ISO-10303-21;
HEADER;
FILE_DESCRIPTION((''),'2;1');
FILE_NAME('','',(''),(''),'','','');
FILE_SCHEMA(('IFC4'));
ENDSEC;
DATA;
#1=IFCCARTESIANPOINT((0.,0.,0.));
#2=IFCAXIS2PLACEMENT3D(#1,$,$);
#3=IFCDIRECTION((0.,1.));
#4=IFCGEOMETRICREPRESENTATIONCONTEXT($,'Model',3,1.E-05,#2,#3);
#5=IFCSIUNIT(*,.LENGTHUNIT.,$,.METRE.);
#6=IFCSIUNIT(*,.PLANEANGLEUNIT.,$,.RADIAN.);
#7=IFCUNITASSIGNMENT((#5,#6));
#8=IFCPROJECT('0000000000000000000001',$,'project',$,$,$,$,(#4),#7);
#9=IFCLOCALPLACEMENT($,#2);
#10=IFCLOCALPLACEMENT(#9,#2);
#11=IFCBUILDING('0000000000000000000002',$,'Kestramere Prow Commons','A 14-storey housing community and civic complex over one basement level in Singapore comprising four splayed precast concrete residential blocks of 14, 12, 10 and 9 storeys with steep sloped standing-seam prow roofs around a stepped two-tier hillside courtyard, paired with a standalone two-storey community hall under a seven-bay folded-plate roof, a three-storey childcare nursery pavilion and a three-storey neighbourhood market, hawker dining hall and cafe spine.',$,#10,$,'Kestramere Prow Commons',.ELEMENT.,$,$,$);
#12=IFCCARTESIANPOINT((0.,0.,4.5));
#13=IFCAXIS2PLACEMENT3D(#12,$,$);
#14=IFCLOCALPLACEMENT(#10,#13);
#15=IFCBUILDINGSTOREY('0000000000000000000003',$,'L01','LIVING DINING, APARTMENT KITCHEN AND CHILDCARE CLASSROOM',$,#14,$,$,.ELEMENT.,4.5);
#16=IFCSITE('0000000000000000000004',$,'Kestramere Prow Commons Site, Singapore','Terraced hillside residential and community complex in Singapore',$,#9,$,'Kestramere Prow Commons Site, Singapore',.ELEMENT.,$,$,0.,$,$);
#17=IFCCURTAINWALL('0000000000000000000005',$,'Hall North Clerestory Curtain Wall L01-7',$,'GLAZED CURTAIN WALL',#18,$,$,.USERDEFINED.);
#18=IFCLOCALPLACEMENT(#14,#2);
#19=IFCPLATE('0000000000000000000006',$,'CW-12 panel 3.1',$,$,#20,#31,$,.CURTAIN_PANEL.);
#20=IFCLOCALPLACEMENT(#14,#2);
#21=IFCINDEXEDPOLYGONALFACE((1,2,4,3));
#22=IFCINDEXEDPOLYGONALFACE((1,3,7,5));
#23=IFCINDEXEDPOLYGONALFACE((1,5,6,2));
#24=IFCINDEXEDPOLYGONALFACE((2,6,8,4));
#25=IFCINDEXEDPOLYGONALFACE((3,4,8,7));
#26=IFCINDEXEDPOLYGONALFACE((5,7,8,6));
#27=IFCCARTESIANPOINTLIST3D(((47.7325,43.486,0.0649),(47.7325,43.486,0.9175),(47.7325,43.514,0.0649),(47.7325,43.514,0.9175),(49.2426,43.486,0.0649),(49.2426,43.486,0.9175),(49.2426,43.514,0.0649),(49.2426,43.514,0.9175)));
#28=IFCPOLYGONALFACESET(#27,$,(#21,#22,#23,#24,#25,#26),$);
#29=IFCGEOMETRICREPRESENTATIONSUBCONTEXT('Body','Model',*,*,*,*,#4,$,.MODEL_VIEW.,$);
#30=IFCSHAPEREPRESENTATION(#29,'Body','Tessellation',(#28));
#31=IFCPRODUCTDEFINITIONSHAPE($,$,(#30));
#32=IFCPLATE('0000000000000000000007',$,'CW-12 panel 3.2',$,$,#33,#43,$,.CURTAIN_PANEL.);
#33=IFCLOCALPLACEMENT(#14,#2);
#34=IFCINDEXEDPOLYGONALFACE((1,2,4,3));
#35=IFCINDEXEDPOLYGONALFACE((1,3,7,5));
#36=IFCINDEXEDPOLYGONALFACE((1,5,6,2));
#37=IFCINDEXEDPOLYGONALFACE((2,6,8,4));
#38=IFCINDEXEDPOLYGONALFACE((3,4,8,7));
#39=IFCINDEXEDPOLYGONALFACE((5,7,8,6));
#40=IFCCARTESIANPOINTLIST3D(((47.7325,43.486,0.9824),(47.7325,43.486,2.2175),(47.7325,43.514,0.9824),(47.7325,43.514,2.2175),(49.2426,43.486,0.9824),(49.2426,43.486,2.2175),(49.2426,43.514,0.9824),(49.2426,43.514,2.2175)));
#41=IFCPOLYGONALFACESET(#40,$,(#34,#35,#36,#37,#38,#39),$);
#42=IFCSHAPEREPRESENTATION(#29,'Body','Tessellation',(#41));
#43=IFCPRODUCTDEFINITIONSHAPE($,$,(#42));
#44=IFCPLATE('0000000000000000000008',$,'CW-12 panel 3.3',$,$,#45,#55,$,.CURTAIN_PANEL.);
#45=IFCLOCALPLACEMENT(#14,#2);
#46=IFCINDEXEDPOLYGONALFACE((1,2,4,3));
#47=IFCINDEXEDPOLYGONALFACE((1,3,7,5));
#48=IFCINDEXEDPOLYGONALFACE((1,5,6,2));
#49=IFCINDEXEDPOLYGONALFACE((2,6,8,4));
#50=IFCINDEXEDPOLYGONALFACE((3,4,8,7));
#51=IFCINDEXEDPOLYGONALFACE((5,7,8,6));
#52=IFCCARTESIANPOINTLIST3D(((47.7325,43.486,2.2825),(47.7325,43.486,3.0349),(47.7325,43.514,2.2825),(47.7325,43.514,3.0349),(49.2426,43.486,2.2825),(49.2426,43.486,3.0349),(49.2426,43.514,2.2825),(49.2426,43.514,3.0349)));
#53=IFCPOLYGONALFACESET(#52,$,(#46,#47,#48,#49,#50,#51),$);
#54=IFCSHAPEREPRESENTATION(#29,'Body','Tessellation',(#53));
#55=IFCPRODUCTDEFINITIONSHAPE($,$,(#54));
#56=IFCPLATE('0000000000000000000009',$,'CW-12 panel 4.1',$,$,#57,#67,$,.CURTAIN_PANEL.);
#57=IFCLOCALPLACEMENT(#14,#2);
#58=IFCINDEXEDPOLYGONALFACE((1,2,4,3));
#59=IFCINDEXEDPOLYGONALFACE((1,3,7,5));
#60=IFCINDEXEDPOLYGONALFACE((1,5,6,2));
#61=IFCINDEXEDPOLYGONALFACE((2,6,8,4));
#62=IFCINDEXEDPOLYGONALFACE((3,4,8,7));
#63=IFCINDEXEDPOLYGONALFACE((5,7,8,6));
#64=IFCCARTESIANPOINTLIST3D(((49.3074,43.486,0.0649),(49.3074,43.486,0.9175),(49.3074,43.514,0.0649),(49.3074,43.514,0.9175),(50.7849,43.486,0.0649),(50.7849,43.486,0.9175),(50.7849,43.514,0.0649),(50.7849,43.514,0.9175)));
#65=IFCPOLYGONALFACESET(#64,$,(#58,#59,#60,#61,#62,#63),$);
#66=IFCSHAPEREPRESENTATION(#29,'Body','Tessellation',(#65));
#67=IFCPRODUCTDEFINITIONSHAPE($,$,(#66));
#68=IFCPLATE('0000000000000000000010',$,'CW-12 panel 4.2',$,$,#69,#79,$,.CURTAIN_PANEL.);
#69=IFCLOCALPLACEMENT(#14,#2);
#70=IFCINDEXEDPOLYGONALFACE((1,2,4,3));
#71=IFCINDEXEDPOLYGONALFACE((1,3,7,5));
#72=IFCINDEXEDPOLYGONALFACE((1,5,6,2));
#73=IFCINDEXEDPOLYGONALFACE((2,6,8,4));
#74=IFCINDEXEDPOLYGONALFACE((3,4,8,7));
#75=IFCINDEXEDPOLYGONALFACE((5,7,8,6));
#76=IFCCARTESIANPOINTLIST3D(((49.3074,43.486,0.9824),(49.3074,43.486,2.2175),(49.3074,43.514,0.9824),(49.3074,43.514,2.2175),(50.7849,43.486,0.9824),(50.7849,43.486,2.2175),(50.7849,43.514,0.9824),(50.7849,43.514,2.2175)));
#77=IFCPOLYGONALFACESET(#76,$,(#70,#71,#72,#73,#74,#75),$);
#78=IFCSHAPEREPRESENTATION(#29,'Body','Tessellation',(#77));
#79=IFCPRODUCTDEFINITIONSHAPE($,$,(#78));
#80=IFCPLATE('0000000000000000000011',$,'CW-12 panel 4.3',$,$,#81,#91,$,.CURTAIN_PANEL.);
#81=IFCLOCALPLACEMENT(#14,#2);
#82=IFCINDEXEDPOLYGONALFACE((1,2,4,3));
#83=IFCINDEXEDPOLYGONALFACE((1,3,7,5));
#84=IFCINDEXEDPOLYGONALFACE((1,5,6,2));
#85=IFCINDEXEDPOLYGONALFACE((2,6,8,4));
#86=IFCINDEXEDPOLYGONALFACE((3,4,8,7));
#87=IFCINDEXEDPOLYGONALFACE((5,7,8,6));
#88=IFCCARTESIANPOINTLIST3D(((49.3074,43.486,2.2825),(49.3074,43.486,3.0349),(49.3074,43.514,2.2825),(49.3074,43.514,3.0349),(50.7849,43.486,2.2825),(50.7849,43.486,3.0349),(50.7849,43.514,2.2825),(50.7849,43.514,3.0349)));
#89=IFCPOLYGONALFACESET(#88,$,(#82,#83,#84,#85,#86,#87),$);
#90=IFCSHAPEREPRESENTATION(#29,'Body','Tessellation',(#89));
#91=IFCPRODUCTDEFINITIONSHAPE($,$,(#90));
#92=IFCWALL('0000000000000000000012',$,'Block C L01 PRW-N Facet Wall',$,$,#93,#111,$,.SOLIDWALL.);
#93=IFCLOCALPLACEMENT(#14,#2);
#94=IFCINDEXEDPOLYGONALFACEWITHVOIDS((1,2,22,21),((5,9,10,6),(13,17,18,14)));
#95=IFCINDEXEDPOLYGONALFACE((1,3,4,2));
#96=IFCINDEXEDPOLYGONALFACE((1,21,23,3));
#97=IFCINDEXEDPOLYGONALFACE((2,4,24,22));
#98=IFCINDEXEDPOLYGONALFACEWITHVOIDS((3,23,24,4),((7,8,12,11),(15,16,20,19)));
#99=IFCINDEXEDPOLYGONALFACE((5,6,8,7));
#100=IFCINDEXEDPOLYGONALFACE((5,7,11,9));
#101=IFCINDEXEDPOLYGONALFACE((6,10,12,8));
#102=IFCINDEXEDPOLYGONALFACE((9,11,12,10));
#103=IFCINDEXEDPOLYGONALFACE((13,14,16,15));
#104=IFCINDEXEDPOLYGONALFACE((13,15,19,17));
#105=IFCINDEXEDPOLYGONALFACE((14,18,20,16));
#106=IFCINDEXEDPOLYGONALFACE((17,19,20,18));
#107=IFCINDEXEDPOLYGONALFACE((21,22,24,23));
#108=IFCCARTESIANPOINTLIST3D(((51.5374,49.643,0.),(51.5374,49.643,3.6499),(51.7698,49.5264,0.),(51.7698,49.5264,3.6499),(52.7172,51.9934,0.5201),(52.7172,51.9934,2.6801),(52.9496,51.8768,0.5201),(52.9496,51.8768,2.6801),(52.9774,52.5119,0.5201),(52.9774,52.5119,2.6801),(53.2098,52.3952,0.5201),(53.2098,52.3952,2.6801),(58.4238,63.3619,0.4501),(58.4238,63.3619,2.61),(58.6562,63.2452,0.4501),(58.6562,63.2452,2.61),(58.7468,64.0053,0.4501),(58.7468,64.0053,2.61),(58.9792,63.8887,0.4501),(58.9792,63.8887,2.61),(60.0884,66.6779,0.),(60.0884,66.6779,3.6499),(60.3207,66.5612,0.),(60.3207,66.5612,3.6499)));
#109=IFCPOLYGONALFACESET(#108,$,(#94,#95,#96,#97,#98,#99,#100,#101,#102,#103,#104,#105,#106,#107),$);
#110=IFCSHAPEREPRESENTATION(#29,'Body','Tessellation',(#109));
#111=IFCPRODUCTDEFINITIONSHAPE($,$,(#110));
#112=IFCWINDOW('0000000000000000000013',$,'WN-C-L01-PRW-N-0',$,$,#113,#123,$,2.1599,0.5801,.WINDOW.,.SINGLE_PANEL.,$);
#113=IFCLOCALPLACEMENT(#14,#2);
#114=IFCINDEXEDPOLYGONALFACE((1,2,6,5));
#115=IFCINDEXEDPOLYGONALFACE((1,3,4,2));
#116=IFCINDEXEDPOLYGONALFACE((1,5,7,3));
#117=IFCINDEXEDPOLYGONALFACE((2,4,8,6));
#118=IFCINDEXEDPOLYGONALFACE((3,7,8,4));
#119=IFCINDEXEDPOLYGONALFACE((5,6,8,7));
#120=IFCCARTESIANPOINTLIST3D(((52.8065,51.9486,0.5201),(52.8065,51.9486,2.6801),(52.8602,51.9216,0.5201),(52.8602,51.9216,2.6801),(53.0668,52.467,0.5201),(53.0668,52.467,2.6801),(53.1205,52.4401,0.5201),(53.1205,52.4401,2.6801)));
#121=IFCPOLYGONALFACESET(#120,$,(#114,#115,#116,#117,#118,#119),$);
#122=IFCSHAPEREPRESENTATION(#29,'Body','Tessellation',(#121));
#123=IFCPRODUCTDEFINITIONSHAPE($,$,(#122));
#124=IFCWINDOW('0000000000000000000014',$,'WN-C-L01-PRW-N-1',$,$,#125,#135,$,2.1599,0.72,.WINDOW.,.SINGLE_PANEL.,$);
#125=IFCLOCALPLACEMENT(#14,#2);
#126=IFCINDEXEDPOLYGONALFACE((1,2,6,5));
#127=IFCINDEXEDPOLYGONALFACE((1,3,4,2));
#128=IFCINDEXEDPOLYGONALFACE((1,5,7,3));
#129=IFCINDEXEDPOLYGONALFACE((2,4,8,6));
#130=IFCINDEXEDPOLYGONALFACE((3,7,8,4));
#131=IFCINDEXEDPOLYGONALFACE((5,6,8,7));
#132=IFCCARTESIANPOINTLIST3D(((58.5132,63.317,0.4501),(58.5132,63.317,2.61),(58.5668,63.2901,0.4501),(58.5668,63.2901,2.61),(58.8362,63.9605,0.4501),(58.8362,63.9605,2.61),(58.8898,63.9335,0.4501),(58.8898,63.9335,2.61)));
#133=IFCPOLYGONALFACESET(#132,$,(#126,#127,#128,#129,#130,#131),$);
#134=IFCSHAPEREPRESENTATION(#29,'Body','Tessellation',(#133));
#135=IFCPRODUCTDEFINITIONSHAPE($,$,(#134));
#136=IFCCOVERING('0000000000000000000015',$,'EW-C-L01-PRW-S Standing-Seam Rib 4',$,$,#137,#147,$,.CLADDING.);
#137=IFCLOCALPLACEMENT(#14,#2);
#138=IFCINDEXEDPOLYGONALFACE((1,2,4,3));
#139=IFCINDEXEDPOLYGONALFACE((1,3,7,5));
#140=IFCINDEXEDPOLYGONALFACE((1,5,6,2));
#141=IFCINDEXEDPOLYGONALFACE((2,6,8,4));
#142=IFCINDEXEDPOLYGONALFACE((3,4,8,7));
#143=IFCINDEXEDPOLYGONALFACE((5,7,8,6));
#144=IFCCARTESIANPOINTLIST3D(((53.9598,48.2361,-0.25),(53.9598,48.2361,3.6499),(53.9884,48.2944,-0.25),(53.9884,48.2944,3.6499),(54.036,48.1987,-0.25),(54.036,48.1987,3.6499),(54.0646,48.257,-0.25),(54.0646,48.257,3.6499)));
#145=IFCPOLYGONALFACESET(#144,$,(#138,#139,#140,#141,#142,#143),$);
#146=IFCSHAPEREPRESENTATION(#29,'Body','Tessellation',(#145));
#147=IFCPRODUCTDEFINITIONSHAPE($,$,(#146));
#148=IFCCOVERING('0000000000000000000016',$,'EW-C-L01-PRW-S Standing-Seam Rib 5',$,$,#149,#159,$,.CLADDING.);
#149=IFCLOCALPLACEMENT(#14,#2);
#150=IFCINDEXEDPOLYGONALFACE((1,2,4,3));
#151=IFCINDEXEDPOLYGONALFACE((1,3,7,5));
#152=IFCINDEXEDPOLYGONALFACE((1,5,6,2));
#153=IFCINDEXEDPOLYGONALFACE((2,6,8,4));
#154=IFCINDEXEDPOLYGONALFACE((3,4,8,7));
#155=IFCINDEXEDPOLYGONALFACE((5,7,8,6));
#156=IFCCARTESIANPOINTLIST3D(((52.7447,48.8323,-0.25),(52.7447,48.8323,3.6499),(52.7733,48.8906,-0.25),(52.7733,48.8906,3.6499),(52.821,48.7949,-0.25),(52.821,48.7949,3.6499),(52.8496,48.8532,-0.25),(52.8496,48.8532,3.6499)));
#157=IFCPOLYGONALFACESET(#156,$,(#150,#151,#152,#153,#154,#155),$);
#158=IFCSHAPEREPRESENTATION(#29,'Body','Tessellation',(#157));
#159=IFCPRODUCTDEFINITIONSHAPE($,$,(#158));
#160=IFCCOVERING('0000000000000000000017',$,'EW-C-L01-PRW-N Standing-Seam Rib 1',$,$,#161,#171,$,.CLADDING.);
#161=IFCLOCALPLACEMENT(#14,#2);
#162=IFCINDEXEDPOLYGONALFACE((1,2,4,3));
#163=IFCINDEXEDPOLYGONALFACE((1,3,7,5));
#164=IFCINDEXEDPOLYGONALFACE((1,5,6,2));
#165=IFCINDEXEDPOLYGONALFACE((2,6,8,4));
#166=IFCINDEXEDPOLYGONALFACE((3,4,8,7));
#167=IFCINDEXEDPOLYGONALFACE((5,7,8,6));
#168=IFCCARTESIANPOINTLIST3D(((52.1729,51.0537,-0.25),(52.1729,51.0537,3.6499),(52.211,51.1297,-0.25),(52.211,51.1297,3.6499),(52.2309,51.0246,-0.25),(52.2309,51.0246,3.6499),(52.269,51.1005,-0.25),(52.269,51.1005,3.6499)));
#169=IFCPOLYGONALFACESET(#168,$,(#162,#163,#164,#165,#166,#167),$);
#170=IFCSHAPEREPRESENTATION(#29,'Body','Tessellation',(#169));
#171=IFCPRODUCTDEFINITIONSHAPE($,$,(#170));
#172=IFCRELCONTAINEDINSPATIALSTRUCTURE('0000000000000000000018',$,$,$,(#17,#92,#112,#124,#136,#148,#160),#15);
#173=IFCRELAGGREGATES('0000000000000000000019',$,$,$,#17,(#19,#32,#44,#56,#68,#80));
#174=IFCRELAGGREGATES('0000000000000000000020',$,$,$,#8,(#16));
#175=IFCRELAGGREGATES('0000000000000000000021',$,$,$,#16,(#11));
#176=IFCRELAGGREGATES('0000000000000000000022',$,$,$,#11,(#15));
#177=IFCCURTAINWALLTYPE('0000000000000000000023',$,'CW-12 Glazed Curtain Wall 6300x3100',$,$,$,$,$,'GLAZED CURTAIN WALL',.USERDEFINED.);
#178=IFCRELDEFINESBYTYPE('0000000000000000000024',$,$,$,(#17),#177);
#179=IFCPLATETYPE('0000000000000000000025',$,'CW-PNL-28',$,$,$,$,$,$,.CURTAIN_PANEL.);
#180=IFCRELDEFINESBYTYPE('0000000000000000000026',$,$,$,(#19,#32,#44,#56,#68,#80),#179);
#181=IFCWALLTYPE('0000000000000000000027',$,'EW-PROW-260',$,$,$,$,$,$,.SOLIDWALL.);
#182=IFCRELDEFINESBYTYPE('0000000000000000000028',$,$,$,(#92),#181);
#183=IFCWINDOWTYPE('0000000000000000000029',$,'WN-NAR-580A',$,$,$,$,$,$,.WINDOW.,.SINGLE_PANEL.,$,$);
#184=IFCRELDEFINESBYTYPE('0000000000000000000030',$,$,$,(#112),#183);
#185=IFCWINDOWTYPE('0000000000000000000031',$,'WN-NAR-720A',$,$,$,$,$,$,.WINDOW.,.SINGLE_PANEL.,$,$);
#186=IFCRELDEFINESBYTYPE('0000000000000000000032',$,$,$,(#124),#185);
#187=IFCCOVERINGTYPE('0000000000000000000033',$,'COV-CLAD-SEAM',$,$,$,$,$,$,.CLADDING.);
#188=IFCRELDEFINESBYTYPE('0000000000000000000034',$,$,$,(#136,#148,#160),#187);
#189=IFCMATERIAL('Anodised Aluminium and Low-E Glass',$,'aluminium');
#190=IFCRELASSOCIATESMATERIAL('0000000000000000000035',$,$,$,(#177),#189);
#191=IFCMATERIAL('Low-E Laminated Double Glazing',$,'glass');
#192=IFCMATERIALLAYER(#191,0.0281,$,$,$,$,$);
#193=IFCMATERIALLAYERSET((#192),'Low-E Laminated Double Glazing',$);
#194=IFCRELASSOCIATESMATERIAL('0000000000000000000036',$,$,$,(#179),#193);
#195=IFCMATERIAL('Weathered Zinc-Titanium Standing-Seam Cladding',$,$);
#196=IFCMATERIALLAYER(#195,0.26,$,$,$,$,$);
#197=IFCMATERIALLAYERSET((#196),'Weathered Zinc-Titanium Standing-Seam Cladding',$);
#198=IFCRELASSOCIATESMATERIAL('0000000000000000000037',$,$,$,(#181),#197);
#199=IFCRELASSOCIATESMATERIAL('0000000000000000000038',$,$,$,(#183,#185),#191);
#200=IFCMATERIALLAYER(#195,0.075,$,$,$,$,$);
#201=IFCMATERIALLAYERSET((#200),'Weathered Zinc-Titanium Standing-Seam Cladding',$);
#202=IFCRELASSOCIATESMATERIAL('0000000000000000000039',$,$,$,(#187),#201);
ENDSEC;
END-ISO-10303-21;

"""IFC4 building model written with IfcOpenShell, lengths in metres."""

from ifc_helpers import new_model, si_unit, direction, frame, frame_2d, origin, origin_2d, place, context, subcontext, project, spatial, rectangle, extrude, material, layer, layer_set, type_object, element, fill, aggregate, save


model = new_model("IFC4")

# Units and contexts
model_context = context("Model", 3, precision=1e-05, world=origin(), true_north=direction((0.0, 1.0)))
body_context = subcontext(model_context, "Body", "Model", "MODEL_VIEW")
ifc_project = project(units=[si_unit("LENGTHUNIT", "METRE"), si_unit("PLANEANGLEUNIT", "RADIAN")], contexts=[model_context])

# Site, building, storey
site_placement = place(None, origin())
site = spatial("IfcSite", under=ifc_project, at=site_placement, Name="Kestramere Prow Commons Site, Singapore", Description="Terraced hillside residential and community complex in Singapore", LongName="Kestramere Prow Commons Site, Singapore", CompositionType="ELEMENT", RefElevation=0.0)
building_placement = place(site_placement, origin())
building = spatial("IfcBuilding", under=site, at=building_placement, Name="Kestramere Prow Commons", Description="A 14-storey housing community and civic complex over one basement level in Singapore comprising four splayed precast concrete residential blocks of 14, 12, 10 and 9 storeys with steep sloped standing-seam prow roofs around a stepped two-tier hillside courtyard, paired with a standalone two-storey community hall under a seven-bay folded-plate roof, a three-storey childcare nursery pavilion and a three-storey neighbourhood market, hawker dining hall and cafe spine.", LongName="Kestramere Prow Commons", CompositionType="ELEMENT")
storey_placement = place(building_placement, frame((0.0, 0.0, 4.5)))
storey = spatial("IfcBuildingStorey", under=building, at=storey_placement, Name="L01", Description="LIVING DINING, APARTMENT KITCHEN AND CHILDCARE CLASSROOM", CompositionType="ELEMENT", Elevation=4.5)

# Curtain wall, plates
ifc_material_1 = material(Name="Anodised Aluminium and Low-E Glass", Category="aluminium")
curtain_wall_type = type_object("IfcCurtainWallType", Name="CW-12 Glazed Curtain Wall 6300x3100", ElementType="GLAZED CURTAIN WALL", PredefinedType="USERDEFINED", material=ifc_material_1)
curtain_wall_placement = place(storey_placement, origin())
curtain_wall = element("IfcCurtainWall", 1, at=curtain_wall_placement, inside=storey, type_object=curtain_wall_type, Name="Hall North Clerestory Curtain Wall L01-7", ObjectType="GLAZED CURTAIN WALL", PredefinedType="USERDEFINED")
ifc_material_2 = material(Name="Low-E Laminated Double Glazing", Category="glass")
ifc_layer_1 = layer(ifc_material_2, 0.0281)
ifc_layer_set_1 = layer_set([ifc_layer_1], Name="Low-E Laminated Double Glazing")
plate_type = type_object("IfcPlateType", Name="CW-PNL-28", PredefinedType="CURTAIN_PANEL", material=ifc_layer_set_1)
plate_1_placement = place(storey_placement, frame((48.4875, 43.5, 0.0649), z_axis=(0.0, 0.0, 1.0), x_axis=(1.0, 0.0, 0.0)))
plate_1 = element("IfcPlate", 2, at=plate_1_placement, type_object=plate_type, Name="CW-12 panel 3.1", PredefinedType="CURTAIN_PANEL", context=body_context, shape_type="SweptSolid", body=[
    extrude(rectangle(XDim=1.51, YDim=0.0281, at=origin_2d()), origin(), (0.0, 0.0, 1.0), 0.8525),
])
plate_2_placement = place(storey_placement, frame((48.4875, 43.5, 0.9824), z_axis=(0.0, 0.0, 1.0), x_axis=(1.0, 0.0, 0.0)))
plate_2 = element("IfcPlate", 3, at=plate_2_placement, type_object=plate_type, Name="CW-12 panel 3.2", PredefinedType="CURTAIN_PANEL", context=body_context, shape_type="SweptSolid", body=[
    extrude(rectangle(XDim=1.51, YDim=0.0281, at=origin_2d()), origin(), (0.0, 0.0, 1.0), 1.2351),
])
plate_3_placement = place(storey_placement, frame((48.4875, 43.5, 2.2825), z_axis=(0.0, 0.0, 1.0), x_axis=(1.0, 0.0, 0.0)))
plate_3 = element("IfcPlate", 4, at=plate_3_placement, type_object=plate_type, Name="CW-12 panel 3.3", PredefinedType="CURTAIN_PANEL", context=body_context, shape_type="SweptSolid", body=[
    extrude(rectangle(XDim=1.51, YDim=0.0281, at=origin_2d()), origin(), (0.0, 0.0, 1.0), 0.7524),
])
plate_4_placement = place(storey_placement, frame((50.0461, 43.5, 0.0649), z_axis=(0.0, 0.0, 1.0), x_axis=(1.0, 0.0, 0.0)))
plate_4 = element("IfcPlate", 5, at=plate_4_placement, type_object=plate_type, Name="CW-12 panel 4.1", PredefinedType="CURTAIN_PANEL", context=body_context, shape_type="SweptSolid", body=[
    extrude(rectangle(XDim=1.4775, YDim=0.0281, at=origin_2d()), origin(), (0.0, 0.0, 1.0), 0.8525),
])
plate_5_placement = place(storey_placement, frame((50.0461, 43.5, 0.9824), z_axis=(0.0, 0.0, 1.0), x_axis=(1.0, 0.0, 0.0)))
plate_5 = element("IfcPlate", 6, at=plate_5_placement, type_object=plate_type, Name="CW-12 panel 4.2", PredefinedType="CURTAIN_PANEL", context=body_context, shape_type="SweptSolid", body=[
    extrude(rectangle(XDim=1.4775, YDim=0.0281, at=origin_2d()), origin(), (0.0, 0.0, 1.0), 1.2351),
])
plate_6_placement = place(storey_placement, frame((50.0461, 43.5, 2.2825), z_axis=(0.0, 0.0, 1.0), x_axis=(1.0, 0.0, 0.0)))
plate_6 = element("IfcPlate", 7, at=plate_6_placement, type_object=plate_type, Name="CW-12 panel 4.3", PredefinedType="CURTAIN_PANEL", context=body_context, shape_type="SweptSolid", body=[
    extrude(rectangle(XDim=1.4775, YDim=0.0281, at=origin_2d()), origin(), (0.0, 0.0, 1.0), 0.7524),
])
aggregate(curtain_wall, [plate_1, plate_2, plate_3, plate_4, plate_5, plate_6])

# Wall, openings, windows
ifc_material_3 = material(Name="Weathered Zinc-Titanium Standing-Seam Cladding")
ifc_layer_2 = layer(ifc_material_3, 0.26)
ifc_layer_set_2 = layer_set([ifc_layer_2], Name="Weathered Zinc-Titanium Standing-Seam Cladding")
wall_type = type_object("IfcWallType", Name="EW-PROW-260", PredefinedType="SOLIDWALL", material=ifc_layer_set_2)
wall_placement = place(storey_placement, frame((51.6536, 49.5847, 0.0), z_axis=(0.0, 0.0, 1.0), x_axis=(0.448622, 0.893722, 0.0)))
wall = element("IfcWall", 8, at=wall_placement, inside=storey, type_object=wall_type, Name="Block C L01 PRW-N Facet Wall", PredefinedType="SOLIDWALL", context=body_context, shape_type="SweptSolid", body=[
    extrude(rectangle(XDim=19.0605, YDim=0.26, at=frame_2d((9.5303, 0.0))), origin(), (0.0, 0.0, 1.0), 3.6499),
])
opening_1_placement = place(wall_placement, frame((2.6299, 0.0, 0.52)))
opening_1 = element("IfcOpeningElement", 9, at=opening_1_placement, cuts=wall, PredefinedType="OPENING", context=body_context, shape_type="SweptSolid", body=[
    extrude(rectangle(XDim=0.5801, YDim=2.1599, at=frame_2d((0.29, 1.0801))), frame((0.0, 0.145, 0.0), z_axis=(0.0, -1.0, 0.0), x_axis=(1.0, 0.0, 0.0)), (0.0, 0.0, 1.0), 0.29),
])
opening_2_placement = place(wall_placement, frame((15.3503, 0.0, 0.45)))
opening_2 = element("IfcOpeningElement", 10, at=opening_2_placement, cuts=wall, PredefinedType="OPENING", context=body_context, shape_type="SweptSolid", body=[
    extrude(rectangle(XDim=0.72, YDim=2.1599, at=frame_2d((0.3599, 1.0801))), frame((0.0, 0.145, 0.0), z_axis=(0.0, -1.0, 0.0), x_axis=(1.0, 0.0, 0.0)), (0.0, 0.0, 1.0), 0.29),
])
window_type_1 = type_object("IfcWindowType", Name="WN-NAR-580A", PartitioningType="SINGLE_PANEL", PredefinedType="WINDOW", material=ifc_material_2)
window_1_placement = place(opening_1_placement, origin())
window_1 = element("IfcWindow", 11, at=window_1_placement, inside=storey, type_object=window_type_1, Name="WN-C-L01-PRW-N-0", OverallHeight=2.1599, OverallWidth=0.5801, PartitioningType="SINGLE_PANEL", PredefinedType="WINDOW", context=body_context, shape_type="SweptSolid", body=[
    extrude(rectangle(XDim=0.5801, YDim=2.1599, at=frame_2d((0.29, 1.0801))), frame((0.0, 0.03, 0.0), z_axis=(0.0, -1.0, 0.0), x_axis=(1.0, 0.0, 0.0)), (0.0, 0.0, 1.0), 0.0601),
])
fill(opening_1, window_1)
window_type_2 = type_object("IfcWindowType", Name="WN-NAR-720A", PartitioningType="SINGLE_PANEL", PredefinedType="WINDOW", material=ifc_material_2)
window_2_placement = place(opening_2_placement, origin())
window_2 = element("IfcWindow", 12, at=window_2_placement, inside=storey, type_object=window_type_2, Name="WN-C-L01-PRW-N-1", OverallHeight=2.1599, OverallWidth=0.72, PartitioningType="SINGLE_PANEL", PredefinedType="WINDOW", context=body_context, shape_type="SweptSolid", body=[
    extrude(rectangle(XDim=0.72, YDim=2.1599, at=frame_2d((0.3599, 1.0801))), frame((0.0, 0.03, 0.0), z_axis=(0.0, -1.0, 0.0), x_axis=(1.0, 0.0, 0.0)), (0.0, 0.0, 1.0), 0.0601),
])
fill(opening_2, window_2)

# Coverings
ifc_layer_3 = layer(ifc_material_3, 0.075)
ifc_layer_set_3 = layer_set([ifc_layer_3], Name="Weathered Zinc-Titanium Standing-Seam Cladding")
covering_type = type_object("IfcCoveringType", Name="COV-CLAD-SEAM", PredefinedType="CLADDING", material=ifc_layer_set_3)
for number, where, z_axis, x_axis, name in (
    (13, (54.0122, 48.2466, -0.25), (0.0, 0.0, 1.0), (-0.897771, 0.440463, 0.0), "EW-C-L01-PRW-S Standing-Seam Rib 4"),
    (14, (52.7971, 48.8428, -0.25), (0.0, 0.0, 1.0), (-0.897771, 0.440463, 0.0), "EW-C-L01-PRW-S Standing-Seam Rib 5"),
    (15, (52.2209, 51.0771, -0.25), (0.0, 0.0, 1.0), (0.44862, 0.893722, 0.0), "EW-C-L01-PRW-N Standing-Seam Rib 1"),
):
    element("IfcCovering", number, at=place(storey_placement, frame(where, z_axis=z_axis, x_axis=x_axis)), inside=storey, type_object=covering_type, Name=name, PredefinedType="CLADDING", context=body_context, shape_type="SweptSolid", body=[
        extrude(rectangle(XDim=0.085, YDim=0.0649, at=origin_2d()), origin(), (0.0, 0.0, 1.0), 3.8999),
    ])

save(model, "model.ifc")
